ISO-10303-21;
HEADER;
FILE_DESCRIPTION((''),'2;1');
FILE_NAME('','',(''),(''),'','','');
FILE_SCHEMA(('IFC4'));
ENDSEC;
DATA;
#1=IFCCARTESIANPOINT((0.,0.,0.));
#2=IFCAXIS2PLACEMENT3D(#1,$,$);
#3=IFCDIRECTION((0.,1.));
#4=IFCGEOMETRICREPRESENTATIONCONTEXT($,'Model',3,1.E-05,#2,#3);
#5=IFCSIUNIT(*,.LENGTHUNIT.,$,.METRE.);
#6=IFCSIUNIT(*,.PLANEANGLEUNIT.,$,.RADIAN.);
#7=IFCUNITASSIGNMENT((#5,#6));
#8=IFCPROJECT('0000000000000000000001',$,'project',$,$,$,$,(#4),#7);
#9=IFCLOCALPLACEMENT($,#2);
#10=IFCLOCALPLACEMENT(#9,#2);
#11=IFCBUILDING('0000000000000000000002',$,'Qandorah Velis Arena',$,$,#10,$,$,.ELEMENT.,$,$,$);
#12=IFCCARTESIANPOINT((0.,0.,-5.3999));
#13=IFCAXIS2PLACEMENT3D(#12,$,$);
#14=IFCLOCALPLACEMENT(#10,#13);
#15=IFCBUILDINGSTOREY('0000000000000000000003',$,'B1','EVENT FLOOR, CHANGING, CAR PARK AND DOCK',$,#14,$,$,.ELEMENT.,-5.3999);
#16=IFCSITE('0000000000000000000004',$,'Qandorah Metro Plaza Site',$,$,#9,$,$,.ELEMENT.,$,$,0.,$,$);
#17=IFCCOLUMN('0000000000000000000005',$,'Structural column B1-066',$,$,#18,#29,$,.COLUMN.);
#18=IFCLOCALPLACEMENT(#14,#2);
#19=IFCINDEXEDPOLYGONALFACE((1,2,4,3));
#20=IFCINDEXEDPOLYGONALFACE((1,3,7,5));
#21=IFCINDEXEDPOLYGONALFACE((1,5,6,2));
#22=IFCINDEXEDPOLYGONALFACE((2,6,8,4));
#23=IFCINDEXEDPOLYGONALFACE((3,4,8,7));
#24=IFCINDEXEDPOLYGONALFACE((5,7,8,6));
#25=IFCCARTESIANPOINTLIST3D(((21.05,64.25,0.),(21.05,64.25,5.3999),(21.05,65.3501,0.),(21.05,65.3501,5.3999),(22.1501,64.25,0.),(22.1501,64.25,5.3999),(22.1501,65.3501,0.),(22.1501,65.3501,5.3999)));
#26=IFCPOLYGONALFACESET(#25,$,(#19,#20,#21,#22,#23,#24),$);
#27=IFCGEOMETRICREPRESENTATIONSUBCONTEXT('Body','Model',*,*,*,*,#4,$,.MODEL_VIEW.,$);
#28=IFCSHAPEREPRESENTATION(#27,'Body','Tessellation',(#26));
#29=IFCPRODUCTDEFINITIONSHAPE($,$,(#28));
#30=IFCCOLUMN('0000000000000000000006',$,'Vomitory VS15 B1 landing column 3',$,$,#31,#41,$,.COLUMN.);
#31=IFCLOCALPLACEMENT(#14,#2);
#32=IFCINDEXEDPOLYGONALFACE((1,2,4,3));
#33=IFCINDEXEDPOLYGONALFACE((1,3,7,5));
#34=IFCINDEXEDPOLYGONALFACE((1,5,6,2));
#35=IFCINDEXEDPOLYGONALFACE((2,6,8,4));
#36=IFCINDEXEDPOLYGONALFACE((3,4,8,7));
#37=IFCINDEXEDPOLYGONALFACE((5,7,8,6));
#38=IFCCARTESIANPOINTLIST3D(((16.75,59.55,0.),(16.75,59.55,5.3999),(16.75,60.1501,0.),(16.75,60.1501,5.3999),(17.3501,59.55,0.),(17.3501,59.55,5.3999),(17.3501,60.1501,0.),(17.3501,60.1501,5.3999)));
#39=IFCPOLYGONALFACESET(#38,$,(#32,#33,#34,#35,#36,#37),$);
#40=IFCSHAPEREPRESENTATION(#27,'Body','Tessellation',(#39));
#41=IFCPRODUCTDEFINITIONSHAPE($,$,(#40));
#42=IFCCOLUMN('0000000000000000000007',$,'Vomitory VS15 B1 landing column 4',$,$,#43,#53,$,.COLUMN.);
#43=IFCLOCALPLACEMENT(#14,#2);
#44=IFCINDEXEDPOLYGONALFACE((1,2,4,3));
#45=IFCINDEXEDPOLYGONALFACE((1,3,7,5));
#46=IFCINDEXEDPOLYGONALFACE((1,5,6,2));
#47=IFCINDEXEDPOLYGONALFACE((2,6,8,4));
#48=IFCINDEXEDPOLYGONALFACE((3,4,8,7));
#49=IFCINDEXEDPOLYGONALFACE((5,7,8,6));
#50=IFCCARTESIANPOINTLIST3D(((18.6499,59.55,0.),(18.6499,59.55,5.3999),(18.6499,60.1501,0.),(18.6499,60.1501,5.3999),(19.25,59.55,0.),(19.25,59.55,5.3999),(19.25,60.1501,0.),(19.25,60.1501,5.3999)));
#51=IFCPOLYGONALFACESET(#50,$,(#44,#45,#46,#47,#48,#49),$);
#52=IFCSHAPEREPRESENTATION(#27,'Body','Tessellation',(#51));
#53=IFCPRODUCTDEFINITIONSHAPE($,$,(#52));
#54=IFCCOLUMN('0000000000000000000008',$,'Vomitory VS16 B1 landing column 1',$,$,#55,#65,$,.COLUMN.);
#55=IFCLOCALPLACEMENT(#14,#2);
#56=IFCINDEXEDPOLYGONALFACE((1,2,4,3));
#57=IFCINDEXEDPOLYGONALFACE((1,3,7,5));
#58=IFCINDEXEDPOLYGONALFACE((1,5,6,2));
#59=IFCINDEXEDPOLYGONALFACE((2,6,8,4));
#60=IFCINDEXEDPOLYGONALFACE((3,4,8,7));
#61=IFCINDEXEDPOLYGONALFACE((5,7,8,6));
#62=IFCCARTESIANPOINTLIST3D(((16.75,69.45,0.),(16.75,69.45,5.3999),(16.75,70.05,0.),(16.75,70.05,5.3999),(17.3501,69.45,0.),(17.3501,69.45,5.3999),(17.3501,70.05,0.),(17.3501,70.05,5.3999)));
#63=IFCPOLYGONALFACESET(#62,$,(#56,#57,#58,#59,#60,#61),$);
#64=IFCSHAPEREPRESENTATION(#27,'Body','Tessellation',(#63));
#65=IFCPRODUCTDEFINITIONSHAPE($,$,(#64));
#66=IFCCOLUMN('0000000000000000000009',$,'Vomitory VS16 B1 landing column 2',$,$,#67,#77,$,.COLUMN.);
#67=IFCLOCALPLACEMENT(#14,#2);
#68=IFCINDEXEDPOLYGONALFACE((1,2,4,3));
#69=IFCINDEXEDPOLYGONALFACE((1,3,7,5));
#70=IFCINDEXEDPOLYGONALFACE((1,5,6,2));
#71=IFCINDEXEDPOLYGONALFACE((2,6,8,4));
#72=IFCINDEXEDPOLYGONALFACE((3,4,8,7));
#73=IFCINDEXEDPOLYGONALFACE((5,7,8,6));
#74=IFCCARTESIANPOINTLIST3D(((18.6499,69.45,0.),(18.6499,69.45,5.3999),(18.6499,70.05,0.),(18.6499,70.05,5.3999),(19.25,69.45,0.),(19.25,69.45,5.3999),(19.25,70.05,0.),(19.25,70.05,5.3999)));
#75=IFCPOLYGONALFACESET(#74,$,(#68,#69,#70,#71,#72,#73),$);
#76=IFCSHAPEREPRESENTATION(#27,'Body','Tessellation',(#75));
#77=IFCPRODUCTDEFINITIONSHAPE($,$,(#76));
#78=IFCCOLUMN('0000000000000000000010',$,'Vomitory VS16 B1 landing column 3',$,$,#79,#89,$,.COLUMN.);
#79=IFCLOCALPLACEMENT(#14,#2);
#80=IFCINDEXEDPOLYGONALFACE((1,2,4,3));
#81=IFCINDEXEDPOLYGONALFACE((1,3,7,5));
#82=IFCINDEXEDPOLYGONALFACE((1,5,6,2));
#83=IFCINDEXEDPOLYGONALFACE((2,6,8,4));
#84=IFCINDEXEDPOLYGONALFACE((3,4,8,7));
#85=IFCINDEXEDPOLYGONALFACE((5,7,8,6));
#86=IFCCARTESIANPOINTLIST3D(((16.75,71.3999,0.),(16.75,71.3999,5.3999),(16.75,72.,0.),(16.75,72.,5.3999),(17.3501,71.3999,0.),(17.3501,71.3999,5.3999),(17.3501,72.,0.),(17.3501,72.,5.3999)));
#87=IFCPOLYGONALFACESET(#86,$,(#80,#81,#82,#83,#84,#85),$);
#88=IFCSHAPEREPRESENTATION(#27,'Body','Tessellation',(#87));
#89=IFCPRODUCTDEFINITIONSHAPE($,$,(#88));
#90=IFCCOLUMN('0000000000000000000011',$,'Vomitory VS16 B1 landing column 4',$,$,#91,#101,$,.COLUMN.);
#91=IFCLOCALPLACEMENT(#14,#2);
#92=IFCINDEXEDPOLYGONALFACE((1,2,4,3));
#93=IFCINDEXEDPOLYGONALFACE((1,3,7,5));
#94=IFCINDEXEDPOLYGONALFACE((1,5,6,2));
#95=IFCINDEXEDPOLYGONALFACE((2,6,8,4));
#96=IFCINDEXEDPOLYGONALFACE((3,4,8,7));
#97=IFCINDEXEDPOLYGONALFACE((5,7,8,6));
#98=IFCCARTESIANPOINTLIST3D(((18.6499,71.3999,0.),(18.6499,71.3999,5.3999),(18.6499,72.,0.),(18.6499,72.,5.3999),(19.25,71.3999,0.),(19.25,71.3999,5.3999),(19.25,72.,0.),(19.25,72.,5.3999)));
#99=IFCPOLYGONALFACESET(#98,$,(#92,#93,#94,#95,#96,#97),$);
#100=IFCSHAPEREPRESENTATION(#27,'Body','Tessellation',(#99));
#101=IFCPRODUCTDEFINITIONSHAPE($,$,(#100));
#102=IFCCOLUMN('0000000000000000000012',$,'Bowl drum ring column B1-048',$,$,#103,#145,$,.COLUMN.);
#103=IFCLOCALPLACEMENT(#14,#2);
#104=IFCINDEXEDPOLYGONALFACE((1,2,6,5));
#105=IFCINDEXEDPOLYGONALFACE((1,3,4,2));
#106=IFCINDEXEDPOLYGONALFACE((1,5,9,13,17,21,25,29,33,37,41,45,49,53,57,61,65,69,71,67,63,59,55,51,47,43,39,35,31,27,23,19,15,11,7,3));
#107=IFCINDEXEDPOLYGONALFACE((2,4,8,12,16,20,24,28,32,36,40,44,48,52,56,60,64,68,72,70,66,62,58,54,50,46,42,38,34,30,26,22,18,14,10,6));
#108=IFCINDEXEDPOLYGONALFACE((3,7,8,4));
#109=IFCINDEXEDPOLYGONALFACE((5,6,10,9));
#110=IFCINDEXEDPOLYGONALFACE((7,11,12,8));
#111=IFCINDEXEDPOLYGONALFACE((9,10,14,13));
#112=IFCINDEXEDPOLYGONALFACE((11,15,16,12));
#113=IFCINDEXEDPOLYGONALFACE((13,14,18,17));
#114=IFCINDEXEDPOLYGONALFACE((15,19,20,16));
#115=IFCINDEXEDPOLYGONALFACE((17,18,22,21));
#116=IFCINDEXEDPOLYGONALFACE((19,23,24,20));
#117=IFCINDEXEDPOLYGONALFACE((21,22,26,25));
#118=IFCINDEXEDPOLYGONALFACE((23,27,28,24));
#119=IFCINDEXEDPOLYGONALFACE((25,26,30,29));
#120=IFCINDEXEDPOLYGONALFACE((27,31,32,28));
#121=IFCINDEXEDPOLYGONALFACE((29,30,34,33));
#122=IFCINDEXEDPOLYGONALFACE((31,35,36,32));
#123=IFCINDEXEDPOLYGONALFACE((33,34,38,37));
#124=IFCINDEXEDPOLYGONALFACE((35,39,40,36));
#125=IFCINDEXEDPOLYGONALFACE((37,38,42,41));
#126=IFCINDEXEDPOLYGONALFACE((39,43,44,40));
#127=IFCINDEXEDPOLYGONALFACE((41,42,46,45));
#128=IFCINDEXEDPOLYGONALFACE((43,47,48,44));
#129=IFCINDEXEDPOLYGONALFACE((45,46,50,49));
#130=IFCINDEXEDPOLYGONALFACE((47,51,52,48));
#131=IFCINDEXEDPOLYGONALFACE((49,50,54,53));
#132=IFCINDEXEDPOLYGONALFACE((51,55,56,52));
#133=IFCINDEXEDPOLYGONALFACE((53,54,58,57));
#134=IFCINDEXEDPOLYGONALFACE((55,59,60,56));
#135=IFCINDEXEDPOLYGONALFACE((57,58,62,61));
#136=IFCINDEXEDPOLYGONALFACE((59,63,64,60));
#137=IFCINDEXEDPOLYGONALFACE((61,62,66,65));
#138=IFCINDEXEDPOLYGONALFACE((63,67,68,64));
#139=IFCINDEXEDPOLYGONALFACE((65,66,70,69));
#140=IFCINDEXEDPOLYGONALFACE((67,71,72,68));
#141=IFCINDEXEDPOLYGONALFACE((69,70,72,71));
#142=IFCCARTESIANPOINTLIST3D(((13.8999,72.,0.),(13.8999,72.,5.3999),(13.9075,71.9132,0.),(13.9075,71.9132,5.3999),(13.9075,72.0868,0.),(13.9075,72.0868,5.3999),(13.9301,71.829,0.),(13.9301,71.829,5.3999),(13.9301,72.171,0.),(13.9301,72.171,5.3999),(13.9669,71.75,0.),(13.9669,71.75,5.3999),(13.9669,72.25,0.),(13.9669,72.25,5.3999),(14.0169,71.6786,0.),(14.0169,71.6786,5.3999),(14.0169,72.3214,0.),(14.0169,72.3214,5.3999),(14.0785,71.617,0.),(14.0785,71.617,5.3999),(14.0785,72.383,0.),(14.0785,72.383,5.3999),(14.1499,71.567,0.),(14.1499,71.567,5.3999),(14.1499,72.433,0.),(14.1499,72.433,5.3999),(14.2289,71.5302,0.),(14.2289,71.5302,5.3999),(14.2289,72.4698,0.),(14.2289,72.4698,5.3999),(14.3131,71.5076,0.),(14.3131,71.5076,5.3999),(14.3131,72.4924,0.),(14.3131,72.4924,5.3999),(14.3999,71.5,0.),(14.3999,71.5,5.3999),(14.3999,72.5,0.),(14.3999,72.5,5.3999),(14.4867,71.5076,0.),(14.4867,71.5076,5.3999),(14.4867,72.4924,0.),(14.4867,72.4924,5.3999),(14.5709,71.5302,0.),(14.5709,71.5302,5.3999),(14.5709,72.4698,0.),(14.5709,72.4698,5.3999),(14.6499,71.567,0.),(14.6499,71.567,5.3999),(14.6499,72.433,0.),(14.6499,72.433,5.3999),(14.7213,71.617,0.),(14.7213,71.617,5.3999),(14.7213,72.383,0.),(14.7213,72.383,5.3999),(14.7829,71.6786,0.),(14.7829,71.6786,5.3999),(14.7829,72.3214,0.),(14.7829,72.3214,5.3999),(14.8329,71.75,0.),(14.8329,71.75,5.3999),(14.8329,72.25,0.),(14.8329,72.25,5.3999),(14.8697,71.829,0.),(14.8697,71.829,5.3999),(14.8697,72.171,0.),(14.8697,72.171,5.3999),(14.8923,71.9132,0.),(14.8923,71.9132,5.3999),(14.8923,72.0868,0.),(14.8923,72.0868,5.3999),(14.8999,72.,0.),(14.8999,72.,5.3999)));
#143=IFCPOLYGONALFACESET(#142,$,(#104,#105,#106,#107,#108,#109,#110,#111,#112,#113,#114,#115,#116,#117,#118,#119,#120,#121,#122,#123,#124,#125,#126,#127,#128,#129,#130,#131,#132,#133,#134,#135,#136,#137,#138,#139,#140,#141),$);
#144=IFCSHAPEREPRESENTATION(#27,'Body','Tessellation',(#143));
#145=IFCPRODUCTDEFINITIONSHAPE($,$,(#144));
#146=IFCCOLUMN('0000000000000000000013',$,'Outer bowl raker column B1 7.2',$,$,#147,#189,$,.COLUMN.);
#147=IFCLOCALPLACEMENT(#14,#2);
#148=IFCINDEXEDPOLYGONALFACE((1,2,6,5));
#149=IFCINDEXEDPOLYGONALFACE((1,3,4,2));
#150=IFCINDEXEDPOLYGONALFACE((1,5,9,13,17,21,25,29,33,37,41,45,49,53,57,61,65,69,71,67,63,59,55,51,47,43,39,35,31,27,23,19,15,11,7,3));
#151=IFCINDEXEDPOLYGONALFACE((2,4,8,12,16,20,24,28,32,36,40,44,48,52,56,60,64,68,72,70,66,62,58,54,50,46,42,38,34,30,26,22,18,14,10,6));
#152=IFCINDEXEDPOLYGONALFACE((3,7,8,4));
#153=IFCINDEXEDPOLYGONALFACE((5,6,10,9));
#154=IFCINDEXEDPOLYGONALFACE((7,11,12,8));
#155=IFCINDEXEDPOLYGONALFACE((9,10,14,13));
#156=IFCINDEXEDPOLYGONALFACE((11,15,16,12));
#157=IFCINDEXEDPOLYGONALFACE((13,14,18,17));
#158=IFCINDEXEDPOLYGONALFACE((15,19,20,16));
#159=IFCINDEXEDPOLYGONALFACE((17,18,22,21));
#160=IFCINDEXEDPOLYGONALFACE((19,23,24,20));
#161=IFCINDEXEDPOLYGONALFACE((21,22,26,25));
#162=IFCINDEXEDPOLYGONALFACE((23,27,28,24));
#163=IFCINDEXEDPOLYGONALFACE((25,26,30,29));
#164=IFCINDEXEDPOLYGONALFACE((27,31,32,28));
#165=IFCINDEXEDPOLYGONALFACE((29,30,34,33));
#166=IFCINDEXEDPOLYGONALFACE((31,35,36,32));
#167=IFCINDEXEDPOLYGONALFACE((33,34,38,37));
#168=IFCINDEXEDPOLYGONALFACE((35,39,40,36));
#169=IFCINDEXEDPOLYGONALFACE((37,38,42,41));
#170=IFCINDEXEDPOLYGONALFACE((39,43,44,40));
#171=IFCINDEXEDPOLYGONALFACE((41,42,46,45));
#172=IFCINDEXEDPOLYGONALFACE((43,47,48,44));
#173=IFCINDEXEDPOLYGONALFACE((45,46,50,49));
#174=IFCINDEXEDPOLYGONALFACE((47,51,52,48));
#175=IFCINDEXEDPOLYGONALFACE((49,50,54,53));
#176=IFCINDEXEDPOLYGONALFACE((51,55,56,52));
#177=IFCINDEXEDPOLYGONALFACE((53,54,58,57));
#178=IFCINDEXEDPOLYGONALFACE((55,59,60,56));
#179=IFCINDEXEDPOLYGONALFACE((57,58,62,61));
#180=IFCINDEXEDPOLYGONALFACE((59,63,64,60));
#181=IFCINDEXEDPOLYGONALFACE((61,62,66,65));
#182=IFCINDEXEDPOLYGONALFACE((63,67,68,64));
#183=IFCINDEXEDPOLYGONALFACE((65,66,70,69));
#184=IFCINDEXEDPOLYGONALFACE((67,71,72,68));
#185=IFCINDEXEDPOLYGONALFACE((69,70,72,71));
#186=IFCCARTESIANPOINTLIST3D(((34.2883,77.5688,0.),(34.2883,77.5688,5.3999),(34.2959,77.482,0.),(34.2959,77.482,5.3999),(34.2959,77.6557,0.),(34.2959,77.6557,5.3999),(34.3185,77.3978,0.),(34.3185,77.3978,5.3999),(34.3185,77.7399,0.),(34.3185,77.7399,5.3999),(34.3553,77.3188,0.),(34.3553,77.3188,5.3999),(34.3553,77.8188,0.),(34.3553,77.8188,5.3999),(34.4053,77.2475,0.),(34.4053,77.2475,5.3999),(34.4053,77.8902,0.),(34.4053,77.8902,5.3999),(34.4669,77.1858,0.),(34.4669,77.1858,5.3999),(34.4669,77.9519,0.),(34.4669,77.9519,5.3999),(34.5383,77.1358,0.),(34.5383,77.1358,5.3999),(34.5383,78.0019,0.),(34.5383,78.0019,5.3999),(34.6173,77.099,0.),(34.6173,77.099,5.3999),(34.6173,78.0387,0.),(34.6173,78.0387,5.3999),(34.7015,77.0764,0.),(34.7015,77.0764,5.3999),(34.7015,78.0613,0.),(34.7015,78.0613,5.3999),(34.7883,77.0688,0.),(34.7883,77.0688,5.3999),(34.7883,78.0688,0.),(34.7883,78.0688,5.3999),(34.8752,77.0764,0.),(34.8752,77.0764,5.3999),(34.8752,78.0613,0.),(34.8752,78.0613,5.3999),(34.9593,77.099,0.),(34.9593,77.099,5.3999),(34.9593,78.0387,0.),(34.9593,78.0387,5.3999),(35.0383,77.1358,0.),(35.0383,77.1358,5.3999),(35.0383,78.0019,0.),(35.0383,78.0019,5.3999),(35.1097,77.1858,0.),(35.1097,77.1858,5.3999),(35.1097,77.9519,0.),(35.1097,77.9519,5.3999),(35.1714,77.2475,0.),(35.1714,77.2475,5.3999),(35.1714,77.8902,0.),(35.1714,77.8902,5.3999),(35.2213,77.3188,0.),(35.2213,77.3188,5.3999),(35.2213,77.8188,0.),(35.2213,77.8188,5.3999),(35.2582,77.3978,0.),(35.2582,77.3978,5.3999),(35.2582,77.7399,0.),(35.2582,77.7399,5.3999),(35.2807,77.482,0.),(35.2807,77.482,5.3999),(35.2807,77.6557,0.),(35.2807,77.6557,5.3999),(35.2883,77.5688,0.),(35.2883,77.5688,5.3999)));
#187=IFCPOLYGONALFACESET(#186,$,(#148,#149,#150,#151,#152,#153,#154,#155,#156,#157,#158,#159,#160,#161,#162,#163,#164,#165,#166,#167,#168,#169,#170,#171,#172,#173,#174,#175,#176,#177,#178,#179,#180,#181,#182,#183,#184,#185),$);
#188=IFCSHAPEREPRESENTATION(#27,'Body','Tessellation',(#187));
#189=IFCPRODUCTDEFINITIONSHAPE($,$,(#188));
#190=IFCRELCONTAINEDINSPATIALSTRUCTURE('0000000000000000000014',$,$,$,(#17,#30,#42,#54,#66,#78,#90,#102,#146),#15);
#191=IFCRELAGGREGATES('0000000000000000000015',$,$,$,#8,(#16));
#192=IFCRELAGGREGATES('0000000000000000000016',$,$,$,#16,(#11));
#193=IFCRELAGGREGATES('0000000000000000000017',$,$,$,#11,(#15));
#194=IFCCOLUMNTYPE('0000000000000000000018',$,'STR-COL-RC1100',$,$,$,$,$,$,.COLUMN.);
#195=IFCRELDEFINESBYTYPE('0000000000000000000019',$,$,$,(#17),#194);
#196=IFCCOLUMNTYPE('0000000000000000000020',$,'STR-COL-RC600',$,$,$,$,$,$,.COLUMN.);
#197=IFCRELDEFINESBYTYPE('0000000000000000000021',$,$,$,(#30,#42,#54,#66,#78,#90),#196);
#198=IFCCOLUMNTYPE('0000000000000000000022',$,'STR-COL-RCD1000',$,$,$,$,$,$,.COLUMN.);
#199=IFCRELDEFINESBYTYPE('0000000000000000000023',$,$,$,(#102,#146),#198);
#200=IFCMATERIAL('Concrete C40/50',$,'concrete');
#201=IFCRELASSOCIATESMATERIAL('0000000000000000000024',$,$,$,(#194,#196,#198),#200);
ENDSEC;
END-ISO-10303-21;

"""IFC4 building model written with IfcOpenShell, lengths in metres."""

from ifc_helpers import new_model, si_unit, direction, frame, origin, origin_2d, place, context, subcontext, project, spatial, rectangle, circle, extrude, material, material_profile, profile_set, type_object, element, save


model = new_model("IFC4")

# Units and contexts
model_context = context("Model", 3, precision=1e-05, world=origin(), true_north=direction((0.0, 1.0)))
body_context = subcontext(model_context, "Body", "Model", "MODEL_VIEW")
ifc_project = project(units=[si_unit("LENGTHUNIT", "METRE"), si_unit("PLANEANGLEUNIT", "RADIAN")], contexts=[model_context])

# Site, building, storey
site_placement = place(None, origin())
site = spatial("IfcSite", under=ifc_project, at=site_placement, Name="Qandorah Metro Plaza Site", CompositionType="ELEMENT", RefElevation=0.0)
building_placement = place(site_placement, origin())
building = spatial("IfcBuilding", under=site, at=building_placement, Name="Qandorah Velis Arena", CompositionType="ELEMENT")
storey_placement = place(building_placement, frame((0.0, 0.0, -5.3999)))
storey = spatial("IfcBuildingStorey", under=building, at=storey_placement, Name="B1", Description="EVENT FLOOR, CHANGING, CAR PARK AND DOCK", CompositionType="ELEMENT", Elevation=-5.3999)

# Shared definitions
ifc_material = material(Name="Concrete C40/50", Category="concrete")

# Columns
ifc_material_profile_1 = material_profile(ifc_material, rectangle(XDim=1.1001, YDim=1.1001, at=origin_2d()), Name="RC COL 1100x1100")
ifc_profile_set_1 = profile_set([ifc_material_profile_1], Name="Concrete C40/50")
column_type_1 = type_object("IfcColumnType", Name="STR-COL-RC1100", PredefinedType="COLUMN", material=ifc_profile_set_1)
column_1_placement = place(storey_placement, frame((21.6001, 64.8, 0.0), z_axis=(0.0, 0.0, 1.0), x_axis=(1.0, 0.0, 0.0)))
element("IfcColumn", 1, at=column_1_placement, inside=storey, type_object=column_type_1, Name="Structural column B1-066", PredefinedType="COLUMN", context=body_context, shape_type="SweptSolid", body=[
    extrude(rectangle(XDim=1.1001, YDim=1.1001, at=origin_2d()), origin(), (0.0, 0.0, 1.0), 5.3999),
])
ifc_material_profile_2 = material_profile(ifc_material, rectangle(XDim=0.6001, YDim=0.6001, at=origin_2d()), Name="RC COL 600x600")
ifc_profile_set_2 = profile_set([ifc_material_profile_2], Name="Concrete C40/50")
column_type_2 = type_object("IfcColumnType", Name="STR-COL-RC600", PredefinedType="COLUMN", material=ifc_profile_set_2)
for number, where, z_axis, x_axis, name in (
    (2, (17.05, 59.8501, 0.0), (0.0, 0.0, 1.0), (1.0, 0.0, 0.0), "Vomitory VS15 B1 landing column 3"),
    (3, (18.95, 59.8501, 0.0), (0.0, 0.0, 1.0), (1.0, 0.0, 0.0), "Vomitory VS15 B1 landing column 4"),
    (4, (17.05, 69.75, 0.0), (0.0, 0.0, 1.0), (1.0, 0.0, 0.0), "Vomitory VS16 B1 landing column 1"),
    (5, (18.95, 69.75, 0.0), (0.0, 0.0, 1.0), (1.0, 0.0, 0.0), "Vomitory VS16 B1 landing column 2"),
    (6, (17.05, 71.7, 0.0), (0.0, 0.0, 1.0), (1.0, 0.0, 0.0), "Vomitory VS16 B1 landing column 3"),
    (7, (18.95, 71.7, 0.0), (0.0, 0.0, 1.0), (1.0, 0.0, 0.0), "Vomitory VS16 B1 landing column 4"),
):
    element("IfcColumn", number, at=place(storey_placement, frame(where, z_axis=z_axis, x_axis=x_axis)), inside=storey, type_object=column_type_2, Name=name, PredefinedType="COLUMN", context=body_context, shape_type="SweptSolid", body=[
        extrude(rectangle(XDim=0.6001, YDim=0.6001, at=origin_2d()), origin(), (0.0, 0.0, 1.0), 5.3999),
    ])
ifc_material_profile_3 = material_profile(ifc_material, circle(Radius=0.5, at=origin_2d()), Name="RC D1000")
ifc_profile_set_3 = profile_set([ifc_material_profile_3], Name="Concrete C40/50")
column_type_3 = type_object("IfcColumnType", Name="STR-COL-RCD1000", PredefinedType="COLUMN", material=ifc_profile_set_3)
for number, where, z_axis, x_axis, name in (
    (8, (14.3999, 72.0, 0.0), (0.0, 0.0, 1.0), (1.0, 0.0, 0.0), "Bowl drum ring column B1-048"),
    (9, (34.7883, 77.5688, 0.0), (0.0, 0.0, 1.0), (1.0, 0.0, 0.0), "Outer bowl raker column B1 7.2"),
):
    element("IfcColumn", number, at=place(storey_placement, frame(where, z_axis=z_axis, x_axis=x_axis)), inside=storey, type_object=column_type_3, Name=name, PredefinedType="COLUMN", context=body_context, shape_type="SweptSolid", body=[
        extrude(circle(Radius=0.5, at=origin_2d()), origin(), (0.0, 0.0, 1.0), 5.3999),
    ])

save(model, "model.ifc")
